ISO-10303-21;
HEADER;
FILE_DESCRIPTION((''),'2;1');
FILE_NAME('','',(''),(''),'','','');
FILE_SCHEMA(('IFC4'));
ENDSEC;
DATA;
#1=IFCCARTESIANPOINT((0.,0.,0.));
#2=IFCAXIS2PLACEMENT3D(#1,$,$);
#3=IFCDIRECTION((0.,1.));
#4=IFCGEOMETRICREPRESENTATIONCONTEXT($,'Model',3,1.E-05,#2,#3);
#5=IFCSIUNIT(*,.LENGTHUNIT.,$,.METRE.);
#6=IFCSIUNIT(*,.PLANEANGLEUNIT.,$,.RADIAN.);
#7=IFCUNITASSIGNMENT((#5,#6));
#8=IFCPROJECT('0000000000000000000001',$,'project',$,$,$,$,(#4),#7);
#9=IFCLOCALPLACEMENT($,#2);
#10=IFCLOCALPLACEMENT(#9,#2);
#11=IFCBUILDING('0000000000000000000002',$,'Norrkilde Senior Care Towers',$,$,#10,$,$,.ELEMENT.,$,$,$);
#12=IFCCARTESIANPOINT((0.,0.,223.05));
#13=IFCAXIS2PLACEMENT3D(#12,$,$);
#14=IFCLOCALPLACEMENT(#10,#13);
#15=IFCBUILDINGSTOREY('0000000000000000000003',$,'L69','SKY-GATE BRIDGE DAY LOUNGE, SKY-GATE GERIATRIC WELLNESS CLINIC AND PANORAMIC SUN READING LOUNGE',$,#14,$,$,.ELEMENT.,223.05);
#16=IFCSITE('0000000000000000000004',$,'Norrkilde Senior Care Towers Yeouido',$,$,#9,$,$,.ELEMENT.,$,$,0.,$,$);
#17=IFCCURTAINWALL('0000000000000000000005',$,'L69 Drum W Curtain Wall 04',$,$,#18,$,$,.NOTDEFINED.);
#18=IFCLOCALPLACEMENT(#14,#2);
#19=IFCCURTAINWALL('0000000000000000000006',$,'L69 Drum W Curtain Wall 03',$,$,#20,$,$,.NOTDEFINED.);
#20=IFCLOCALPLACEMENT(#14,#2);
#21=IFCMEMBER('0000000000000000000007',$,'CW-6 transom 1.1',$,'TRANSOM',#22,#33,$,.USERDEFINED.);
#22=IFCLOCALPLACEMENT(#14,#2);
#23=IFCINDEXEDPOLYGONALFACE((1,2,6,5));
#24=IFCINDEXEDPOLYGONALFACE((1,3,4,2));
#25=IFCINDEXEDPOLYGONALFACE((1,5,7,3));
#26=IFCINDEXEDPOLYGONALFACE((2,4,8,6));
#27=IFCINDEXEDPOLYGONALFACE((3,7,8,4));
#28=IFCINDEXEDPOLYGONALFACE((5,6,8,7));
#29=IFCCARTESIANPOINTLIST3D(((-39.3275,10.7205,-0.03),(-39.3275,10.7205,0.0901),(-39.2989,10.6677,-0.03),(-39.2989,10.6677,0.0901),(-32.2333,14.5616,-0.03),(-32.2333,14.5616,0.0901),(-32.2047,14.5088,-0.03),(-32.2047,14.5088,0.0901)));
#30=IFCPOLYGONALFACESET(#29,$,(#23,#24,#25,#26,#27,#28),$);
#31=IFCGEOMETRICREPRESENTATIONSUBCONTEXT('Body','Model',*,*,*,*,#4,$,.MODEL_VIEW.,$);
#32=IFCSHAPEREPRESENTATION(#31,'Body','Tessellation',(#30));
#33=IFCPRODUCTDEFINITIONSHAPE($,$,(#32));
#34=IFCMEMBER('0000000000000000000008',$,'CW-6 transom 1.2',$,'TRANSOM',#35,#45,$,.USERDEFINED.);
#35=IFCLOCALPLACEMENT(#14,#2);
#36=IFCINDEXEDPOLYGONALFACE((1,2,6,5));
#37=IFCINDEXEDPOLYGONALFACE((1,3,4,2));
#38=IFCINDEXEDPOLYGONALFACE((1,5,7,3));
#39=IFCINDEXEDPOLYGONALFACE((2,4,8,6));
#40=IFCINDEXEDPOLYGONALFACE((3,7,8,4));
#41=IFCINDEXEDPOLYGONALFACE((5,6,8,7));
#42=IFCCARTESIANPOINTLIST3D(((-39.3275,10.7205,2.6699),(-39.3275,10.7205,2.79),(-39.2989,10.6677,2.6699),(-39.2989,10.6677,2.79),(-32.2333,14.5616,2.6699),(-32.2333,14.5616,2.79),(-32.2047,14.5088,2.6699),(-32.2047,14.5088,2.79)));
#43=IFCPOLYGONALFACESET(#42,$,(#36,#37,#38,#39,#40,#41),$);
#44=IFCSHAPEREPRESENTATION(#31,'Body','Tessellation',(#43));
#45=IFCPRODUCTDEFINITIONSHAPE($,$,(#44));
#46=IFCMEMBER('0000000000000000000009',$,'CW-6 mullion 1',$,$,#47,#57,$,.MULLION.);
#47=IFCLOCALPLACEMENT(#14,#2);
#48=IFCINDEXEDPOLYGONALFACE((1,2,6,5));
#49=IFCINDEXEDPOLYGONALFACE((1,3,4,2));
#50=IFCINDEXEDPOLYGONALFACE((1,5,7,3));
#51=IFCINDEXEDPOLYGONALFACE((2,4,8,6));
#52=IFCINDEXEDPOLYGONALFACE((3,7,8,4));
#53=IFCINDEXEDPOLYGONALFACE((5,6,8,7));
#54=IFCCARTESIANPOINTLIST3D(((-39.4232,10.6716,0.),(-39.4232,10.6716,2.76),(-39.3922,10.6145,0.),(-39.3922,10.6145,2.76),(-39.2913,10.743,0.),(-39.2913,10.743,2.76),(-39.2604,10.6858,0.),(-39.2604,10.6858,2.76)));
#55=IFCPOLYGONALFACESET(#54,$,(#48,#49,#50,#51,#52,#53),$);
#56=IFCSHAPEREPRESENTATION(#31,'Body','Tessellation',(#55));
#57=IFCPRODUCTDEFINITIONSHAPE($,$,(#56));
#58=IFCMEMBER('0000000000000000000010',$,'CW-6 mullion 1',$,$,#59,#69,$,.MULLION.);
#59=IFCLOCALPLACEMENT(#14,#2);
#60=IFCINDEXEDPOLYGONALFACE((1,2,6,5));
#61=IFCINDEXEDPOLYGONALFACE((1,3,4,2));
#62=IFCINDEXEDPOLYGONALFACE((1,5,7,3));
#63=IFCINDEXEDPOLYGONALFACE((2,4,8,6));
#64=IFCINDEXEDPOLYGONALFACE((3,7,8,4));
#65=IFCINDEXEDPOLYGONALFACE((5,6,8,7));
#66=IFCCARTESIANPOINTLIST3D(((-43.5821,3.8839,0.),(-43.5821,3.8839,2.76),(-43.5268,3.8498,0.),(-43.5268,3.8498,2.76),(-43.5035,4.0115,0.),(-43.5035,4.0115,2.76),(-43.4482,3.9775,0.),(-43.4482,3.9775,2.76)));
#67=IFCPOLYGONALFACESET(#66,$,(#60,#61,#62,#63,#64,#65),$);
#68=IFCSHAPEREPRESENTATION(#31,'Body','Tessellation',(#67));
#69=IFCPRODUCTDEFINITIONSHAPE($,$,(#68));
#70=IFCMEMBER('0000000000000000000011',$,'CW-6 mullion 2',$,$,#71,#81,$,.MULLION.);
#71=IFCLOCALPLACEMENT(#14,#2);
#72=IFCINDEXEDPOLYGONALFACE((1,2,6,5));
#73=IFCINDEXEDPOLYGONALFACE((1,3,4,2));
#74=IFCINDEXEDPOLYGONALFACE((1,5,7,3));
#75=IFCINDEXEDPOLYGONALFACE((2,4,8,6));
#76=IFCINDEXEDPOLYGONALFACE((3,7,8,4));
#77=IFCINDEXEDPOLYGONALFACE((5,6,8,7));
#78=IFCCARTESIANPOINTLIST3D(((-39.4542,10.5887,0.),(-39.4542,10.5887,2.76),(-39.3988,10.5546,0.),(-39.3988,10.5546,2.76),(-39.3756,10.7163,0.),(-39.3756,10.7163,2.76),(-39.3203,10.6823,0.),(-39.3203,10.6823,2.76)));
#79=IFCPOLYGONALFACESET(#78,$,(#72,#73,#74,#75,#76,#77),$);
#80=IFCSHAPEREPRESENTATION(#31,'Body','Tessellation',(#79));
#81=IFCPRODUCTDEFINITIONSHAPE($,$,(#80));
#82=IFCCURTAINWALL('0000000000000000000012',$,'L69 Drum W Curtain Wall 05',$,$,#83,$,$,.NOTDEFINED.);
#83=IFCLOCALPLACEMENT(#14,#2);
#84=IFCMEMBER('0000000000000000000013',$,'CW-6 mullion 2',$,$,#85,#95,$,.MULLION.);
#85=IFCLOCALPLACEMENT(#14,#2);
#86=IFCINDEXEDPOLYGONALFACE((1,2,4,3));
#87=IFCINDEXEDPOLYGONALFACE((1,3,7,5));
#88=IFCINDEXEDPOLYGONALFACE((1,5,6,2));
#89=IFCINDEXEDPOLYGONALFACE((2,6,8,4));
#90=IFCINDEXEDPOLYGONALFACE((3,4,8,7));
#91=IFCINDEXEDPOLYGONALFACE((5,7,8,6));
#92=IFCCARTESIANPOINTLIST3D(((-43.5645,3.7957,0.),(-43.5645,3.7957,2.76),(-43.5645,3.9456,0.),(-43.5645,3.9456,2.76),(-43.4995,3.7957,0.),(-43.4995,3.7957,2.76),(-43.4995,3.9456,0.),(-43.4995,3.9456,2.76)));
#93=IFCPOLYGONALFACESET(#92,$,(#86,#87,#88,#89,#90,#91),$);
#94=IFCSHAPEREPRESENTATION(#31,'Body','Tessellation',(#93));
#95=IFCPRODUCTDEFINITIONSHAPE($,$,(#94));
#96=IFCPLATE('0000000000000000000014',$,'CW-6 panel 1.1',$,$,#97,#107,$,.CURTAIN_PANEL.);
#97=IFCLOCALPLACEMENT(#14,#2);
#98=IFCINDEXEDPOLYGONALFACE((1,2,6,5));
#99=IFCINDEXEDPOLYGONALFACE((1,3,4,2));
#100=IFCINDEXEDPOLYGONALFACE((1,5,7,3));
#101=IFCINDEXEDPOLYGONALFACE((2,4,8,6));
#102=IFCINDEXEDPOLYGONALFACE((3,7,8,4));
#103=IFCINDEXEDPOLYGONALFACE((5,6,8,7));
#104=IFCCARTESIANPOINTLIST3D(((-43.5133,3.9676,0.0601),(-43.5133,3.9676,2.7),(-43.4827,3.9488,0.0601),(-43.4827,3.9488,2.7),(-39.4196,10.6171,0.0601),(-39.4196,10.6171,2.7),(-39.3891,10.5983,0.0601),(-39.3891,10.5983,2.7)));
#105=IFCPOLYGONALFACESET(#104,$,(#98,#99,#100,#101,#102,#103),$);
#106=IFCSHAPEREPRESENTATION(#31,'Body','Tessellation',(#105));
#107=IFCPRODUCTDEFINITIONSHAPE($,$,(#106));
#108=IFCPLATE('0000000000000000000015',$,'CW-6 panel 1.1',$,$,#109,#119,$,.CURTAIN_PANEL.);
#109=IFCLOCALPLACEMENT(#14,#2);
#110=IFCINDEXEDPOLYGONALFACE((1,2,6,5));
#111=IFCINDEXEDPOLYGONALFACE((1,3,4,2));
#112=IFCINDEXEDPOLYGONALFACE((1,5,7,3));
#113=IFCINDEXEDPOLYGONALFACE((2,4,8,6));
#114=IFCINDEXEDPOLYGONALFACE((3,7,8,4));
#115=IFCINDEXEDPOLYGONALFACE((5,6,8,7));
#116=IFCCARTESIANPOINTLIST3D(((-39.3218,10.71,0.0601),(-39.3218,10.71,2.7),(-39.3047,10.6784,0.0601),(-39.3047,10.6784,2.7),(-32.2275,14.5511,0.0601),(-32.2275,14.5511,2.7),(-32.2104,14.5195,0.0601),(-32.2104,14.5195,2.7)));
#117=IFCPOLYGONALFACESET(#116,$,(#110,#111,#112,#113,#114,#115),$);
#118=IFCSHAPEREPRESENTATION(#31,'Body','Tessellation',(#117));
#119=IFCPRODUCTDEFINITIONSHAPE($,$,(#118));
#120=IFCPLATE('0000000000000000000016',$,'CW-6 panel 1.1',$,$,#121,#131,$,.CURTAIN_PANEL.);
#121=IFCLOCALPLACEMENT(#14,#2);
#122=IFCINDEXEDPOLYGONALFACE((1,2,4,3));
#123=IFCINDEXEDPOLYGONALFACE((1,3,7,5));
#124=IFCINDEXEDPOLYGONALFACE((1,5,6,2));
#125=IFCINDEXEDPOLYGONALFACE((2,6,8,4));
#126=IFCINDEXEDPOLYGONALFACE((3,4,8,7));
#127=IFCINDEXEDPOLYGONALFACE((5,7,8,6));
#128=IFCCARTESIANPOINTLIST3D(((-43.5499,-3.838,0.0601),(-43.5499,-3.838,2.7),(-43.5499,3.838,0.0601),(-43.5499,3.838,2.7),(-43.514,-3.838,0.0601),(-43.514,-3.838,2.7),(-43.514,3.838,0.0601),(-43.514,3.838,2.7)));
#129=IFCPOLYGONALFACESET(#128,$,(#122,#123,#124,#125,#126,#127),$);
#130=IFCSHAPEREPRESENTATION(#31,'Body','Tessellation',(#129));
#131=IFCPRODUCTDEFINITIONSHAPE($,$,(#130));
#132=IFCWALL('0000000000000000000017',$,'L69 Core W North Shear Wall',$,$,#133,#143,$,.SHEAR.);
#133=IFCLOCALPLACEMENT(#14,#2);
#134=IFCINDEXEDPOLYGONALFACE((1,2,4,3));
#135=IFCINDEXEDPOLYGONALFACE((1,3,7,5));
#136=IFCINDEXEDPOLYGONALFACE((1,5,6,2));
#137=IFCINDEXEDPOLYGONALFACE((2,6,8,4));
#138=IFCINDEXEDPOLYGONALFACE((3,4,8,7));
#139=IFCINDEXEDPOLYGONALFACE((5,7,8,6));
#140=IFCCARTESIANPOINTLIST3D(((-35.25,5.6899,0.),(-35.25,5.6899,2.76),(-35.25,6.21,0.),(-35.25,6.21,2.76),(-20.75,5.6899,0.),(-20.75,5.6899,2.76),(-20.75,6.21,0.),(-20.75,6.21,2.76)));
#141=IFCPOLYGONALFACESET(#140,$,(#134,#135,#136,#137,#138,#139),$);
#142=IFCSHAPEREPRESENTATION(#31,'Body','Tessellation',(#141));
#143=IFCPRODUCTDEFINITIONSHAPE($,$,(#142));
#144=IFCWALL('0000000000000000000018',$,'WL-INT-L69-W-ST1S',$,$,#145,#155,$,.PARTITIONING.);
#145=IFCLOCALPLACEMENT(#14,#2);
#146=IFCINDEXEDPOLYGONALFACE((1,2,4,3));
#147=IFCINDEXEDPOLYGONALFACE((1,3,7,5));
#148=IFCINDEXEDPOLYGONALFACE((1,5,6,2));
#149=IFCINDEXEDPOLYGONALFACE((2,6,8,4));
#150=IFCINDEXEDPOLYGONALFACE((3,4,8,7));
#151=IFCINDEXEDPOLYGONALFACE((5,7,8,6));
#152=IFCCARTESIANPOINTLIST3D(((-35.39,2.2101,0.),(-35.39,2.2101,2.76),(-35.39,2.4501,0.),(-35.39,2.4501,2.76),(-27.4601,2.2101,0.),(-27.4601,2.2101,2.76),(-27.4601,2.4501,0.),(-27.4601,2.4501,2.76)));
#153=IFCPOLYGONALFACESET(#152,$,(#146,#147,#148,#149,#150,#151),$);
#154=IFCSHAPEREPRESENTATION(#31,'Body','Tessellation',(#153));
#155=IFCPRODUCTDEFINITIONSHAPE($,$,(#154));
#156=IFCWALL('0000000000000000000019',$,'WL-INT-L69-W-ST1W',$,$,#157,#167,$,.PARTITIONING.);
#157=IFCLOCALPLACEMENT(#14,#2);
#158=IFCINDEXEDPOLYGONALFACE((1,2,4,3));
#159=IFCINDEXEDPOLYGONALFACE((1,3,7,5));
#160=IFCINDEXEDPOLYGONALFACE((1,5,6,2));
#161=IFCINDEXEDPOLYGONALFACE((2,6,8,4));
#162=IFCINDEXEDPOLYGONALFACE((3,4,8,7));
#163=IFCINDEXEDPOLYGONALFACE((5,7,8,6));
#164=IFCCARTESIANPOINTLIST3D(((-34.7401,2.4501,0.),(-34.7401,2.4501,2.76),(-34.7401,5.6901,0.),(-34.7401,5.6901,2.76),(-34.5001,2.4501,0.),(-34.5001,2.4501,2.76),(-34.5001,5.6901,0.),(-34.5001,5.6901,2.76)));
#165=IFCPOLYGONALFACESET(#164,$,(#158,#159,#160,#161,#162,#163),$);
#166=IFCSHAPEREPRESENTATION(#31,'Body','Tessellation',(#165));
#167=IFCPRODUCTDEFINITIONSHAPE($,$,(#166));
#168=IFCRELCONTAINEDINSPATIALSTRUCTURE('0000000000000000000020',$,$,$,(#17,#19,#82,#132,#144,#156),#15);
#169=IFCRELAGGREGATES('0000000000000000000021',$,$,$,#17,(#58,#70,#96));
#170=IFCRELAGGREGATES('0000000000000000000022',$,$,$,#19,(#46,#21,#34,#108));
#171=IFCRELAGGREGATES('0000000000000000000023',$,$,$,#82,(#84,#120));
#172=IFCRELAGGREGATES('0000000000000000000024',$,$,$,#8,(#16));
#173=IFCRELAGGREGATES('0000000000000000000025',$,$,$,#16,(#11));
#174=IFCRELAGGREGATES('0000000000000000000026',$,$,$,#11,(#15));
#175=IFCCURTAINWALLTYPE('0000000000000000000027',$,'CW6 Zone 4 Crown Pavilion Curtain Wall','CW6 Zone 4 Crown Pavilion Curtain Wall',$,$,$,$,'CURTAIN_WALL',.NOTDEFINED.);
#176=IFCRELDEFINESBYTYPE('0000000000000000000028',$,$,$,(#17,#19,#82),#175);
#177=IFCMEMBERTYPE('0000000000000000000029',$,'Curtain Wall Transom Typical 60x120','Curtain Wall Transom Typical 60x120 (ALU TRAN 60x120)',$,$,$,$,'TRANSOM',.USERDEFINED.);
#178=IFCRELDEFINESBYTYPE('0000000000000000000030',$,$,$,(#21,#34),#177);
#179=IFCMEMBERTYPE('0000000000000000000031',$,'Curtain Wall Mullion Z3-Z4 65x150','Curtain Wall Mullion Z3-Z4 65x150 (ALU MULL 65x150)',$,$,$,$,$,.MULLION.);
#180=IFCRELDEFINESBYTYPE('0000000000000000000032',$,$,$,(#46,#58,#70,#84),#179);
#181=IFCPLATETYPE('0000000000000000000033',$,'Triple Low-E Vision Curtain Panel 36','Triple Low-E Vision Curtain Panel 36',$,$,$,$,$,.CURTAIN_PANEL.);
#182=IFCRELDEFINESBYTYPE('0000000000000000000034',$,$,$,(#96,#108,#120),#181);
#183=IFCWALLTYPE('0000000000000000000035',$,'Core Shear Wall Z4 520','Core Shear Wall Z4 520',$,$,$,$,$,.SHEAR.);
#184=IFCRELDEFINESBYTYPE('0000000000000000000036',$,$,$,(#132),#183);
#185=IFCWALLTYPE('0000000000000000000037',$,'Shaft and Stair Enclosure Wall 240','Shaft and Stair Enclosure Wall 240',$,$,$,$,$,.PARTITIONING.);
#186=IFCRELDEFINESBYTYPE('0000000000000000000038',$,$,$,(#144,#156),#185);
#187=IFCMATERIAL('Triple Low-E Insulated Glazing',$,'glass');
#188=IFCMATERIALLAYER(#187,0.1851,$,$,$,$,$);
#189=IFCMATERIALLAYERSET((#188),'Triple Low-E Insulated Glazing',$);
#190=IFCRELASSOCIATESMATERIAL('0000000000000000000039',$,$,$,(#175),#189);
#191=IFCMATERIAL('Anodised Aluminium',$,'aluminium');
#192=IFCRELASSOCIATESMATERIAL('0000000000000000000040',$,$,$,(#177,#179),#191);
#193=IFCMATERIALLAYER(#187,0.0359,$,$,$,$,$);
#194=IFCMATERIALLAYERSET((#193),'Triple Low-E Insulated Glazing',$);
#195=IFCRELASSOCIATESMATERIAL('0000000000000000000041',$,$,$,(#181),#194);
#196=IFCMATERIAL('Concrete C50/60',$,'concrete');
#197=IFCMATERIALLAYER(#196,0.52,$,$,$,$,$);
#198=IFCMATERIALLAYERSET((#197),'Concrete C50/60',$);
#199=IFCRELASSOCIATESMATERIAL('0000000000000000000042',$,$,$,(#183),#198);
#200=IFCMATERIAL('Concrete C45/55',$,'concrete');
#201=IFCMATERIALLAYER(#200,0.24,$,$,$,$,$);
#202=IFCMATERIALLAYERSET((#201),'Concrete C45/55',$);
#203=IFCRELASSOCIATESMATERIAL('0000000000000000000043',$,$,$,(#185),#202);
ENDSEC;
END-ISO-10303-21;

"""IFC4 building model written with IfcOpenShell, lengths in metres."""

from ifc_helpers import new_model, si_unit, direction, frame, frame_2d, origin, origin_2d, place, context, subcontext, project, spatial, rectangle, extrude, source, transform, mapped, material, layer, layer_set, material_profile, profile_set, type_object, type_shapes, element, aggregate, save


model = new_model("IFC4")

# Units and contexts
model_context = context("Model", 3, precision=1e-05, world=origin(), true_north=direction((0.0, 1.0)))
body_context = subcontext(model_context, "Body", "Model", "MODEL_VIEW")
ifc_project = project(units=[si_unit("LENGTHUNIT", "METRE"), si_unit("PLANEANGLEUNIT", "RADIAN")], contexts=[model_context])

# Site, building, storey
site_placement = place(None, origin())
site = spatial("IfcSite", under=ifc_project, at=site_placement, Name="Norrkilde Senior Care Towers Yeouido", CompositionType="ELEMENT", RefElevation=0.0)
building_placement = place(site_placement, origin())
building = spatial("IfcBuilding", under=site, at=building_placement, Name="Norrkilde Senior Care Towers", CompositionType="ELEMENT")
storey_placement = place(building_placement, frame((0.0, 0.0, 223.05)))
storey = spatial("IfcBuildingStorey", under=building, at=storey_placement, Name="L69", Description="SKY-GATE BRIDGE DAY LOUNGE, SKY-GATE GERIATRIC WELLNESS CLINIC AND PANORAMIC SUN READING LOUNGE", CompositionType="ELEMENT", Elevation=223.05)

# Shared definitions
ifc_material_1 = material(Name="Concrete C50/60", Category="concrete")

# Curtain walls, members
ifc_material_2 = material(Name="Triple Low-E Insulated Glazing", Category="glass")
ifc_layer_1 = layer(ifc_material_2, 0.1851)
ifc_layer_set_1 = layer_set([ifc_layer_1], Name="Triple Low-E Insulated Glazing")
curtain_wall_type = type_object("IfcCurtainWallType", Name="CW6 Zone 4 Crown Pavilion Curtain Wall", Description="CW6 Zone 4 Crown Pavilion Curtain Wall", ElementType="CURTAIN_WALL", PredefinedType="NOTDEFINED", material=ifc_layer_set_1)
curtain_wall_1_placement = place(storey_placement, origin())
curtain_wall_1 = element("IfcCurtainWall", 1, at=curtain_wall_1_placement, inside=storey, type_object=curtain_wall_type, Name="L69 Drum W Curtain Wall 04", PredefinedType="NOTDEFINED")
ifc_material_3 = material(Name="Anodised Aluminium", Category="aluminium")
ifc_material_profile_1 = material_profile(ifc_material_3, rectangle(XDim=0.0601, YDim=0.1201, at=origin_2d()), Name="ALU TRAN 60x120")
ifc_profile_set_1 = profile_set([ifc_material_profile_1], Name="Anodised Aluminium")
member_type_1 = type_object("IfcMemberType", Name="Curtain Wall Transom Typical 60x120", Description="Curtain Wall Transom Typical 60x120 (ALU TRAN 60x120)", ElementType="TRANSOM", PredefinedType="USERDEFINED", material=ifc_profile_set_1)
curtain_wall_2_placement = place(storey_placement, origin())
curtain_wall_2 = element("IfcCurtainWall", 2, at=curtain_wall_2_placement, inside=storey, type_object=curtain_wall_type, Name="L69 Drum W Curtain Wall 03", PredefinedType="NOTDEFINED")
shared_shape_1 = source(origin(), body_context, "Body", "SweptSolid", [
    extrude(rectangle(XDim=0.0601, YDim=0.1201, at=origin_2d()), origin(), (0.0, 0.0, 1.0), 8.0674),
])
member_1_placement = place(storey_placement, frame((-39.3132, 10.6941, 0.03), z_axis=(0.879378, 0.476125, 0.0), x_axis=(-0.476125, 0.879378, 0.0)))
member_1 = element("IfcMember", 3, at=member_1_placement, type_object=member_type_1, Name="CW-6 transom 1.1", ObjectType="TRANSOM", PredefinedType="USERDEFINED", context=body_context, shape_type="MappedRepresentation", body=[
    mapped(shared_shape_1, transform((0.0, 0.0, 0.0), x_axis=(1.0, 0.0, 0.0), y_axis=(0.0, 1.0, 0.0), z_axis=(0.0, 0.0, 1.0), scale=1.0)),
])
member_2_placement = place(storey_placement, frame((-39.3132, 10.6941, 2.73), z_axis=(0.879378, 0.476125, 0.0), x_axis=(-0.476125, 0.879378, 0.0)))
member_2 = element("IfcMember", 4, at=member_2_placement, type_object=member_type_1, Name="CW-6 transom 1.2", ObjectType="TRANSOM", PredefinedType="USERDEFINED", context=body_context, shape_type="MappedRepresentation", body=[
    mapped(shared_shape_1, transform((0.0, 0.0, 0.0), x_axis=(1.0, 0.0, 0.0), y_axis=(0.0, 1.0, 0.0), z_axis=(0.0, 0.0, 1.0), scale=1.0)),
])
ifc_material_profile_2 = material_profile(ifc_material_3, rectangle(XDim=0.0649, YDim=0.1499, at=origin_2d()), Name="ALU MULL 65x150")
ifc_profile_set_2 = profile_set([ifc_material_profile_2], Name="Anodised Aluminium")
member_type_2 = type_object("IfcMemberType", Name="Curtain Wall Mullion Z3-Z4 65x150", Description="Curtain Wall Mullion Z3-Z4 65x150 (ALU MULL 65x150)", PredefinedType="MULLION", material=ifc_profile_set_2)
shared_shape_2 = source(origin(), body_context, "Body", "SweptSolid", [
    extrude(rectangle(XDim=0.0649, YDim=0.1499, at=origin_2d()), origin(), (0.0, 0.0, 1.0), 2.76),
])
type_shapes(member_type_2, [shared_shape_2])
member_3_placement = place(storey_placement, frame((-39.3418, 10.6787, 0.0), z_axis=(0.0, 0.0, 1.0), x_axis=(-0.476133, 0.879373, 0.0)))
member_3 = element("IfcMember", 5, at=member_3_placement, type_object=member_type_2, Name="CW-6 mullion 1", PredefinedType="MULLION", context=body_context, shape_type="MappedRepresentation", body=[
    mapped(shared_shape_2, transform((0.0, 0.0, 0.0), x_axis=(1.0, 0.0, 0.0), y_axis=(0.0, 1.0, 0.0), z_axis=(0.0, 0.0, 1.0), scale=1.0)),
])

# Members
member_4_placement = place(storey_placement, frame((-43.5151, 3.9307, 0.0), z_axis=(0.0, 0.0, 1.0), x_axis=(-0.851563, 0.524253, 0.0)))
member_4 = element("IfcMember", 6, at=member_4_placement, type_object=member_type_2, Name="CW-6 mullion 1", PredefinedType="MULLION", context=body_context, shape_type="MappedRepresentation", body=[
    mapped(shared_shape_2, transform((0.0, 0.0, 0.0), x_axis=(1.0, 0.0, 0.0), y_axis=(0.0, 1.0, 0.0), z_axis=(0.0, 0.0, 1.0), scale=1.0)),
])
member_5_placement = place(storey_placement, frame((-39.3872, 10.6355, 0.0), z_axis=(0.0, 0.0, 1.0), x_axis=(-0.851563, 0.524253, 0.0)))
member_5 = element("IfcMember", 7, at=member_5_placement, type_object=member_type_2, Name="CW-6 mullion 2", PredefinedType="MULLION", context=body_context, shape_type="MappedRepresentation", body=[
    mapped(shared_shape_2, transform((0.0, 0.0, 0.0), x_axis=(1.0, 0.0, 0.0), y_axis=(0.0, 1.0, 0.0), z_axis=(0.0, 0.0, 1.0), scale=1.0)),
])

# Curtain wall, member
curtain_wall_3_placement = place(storey_placement, origin())
curtain_wall_3 = element("IfcCurtainWall", 8, at=curtain_wall_3_placement, inside=storey, type_object=curtain_wall_type, Name="L69 Drum W Curtain Wall 05", PredefinedType="NOTDEFINED")
member_6_placement = place(storey_placement, frame((-43.532, 3.8706, 0.0), z_axis=(0.0, 0.0, 1.0), x_axis=(-1.0, 0.0, 0.0)))
member_6 = element("IfcMember", 9, at=member_6_placement, type_object=member_type_2, Name="CW-6 mullion 2", PredefinedType="MULLION", context=body_context, shape_type="MappedRepresentation", body=[
    mapped(shared_shape_2, transform((0.0, 0.0, 0.0), x_axis=(1.0, 0.0, 0.0), y_axis=(0.0, 1.0, 0.0), z_axis=(0.0, 0.0, 1.0), scale=1.0)),
])

# Plates
ifc_layer_2 = layer(ifc_material_2, 0.0359)
ifc_layer_set_2 = layer_set([ifc_layer_2], Name="Triple Low-E Insulated Glazing")
plate_type = type_object("IfcPlateType", Name="Triple Low-E Vision Curtain Panel 36", Description="Triple Low-E Vision Curtain Panel 36", PredefinedType="CURTAIN_PANEL", material=ifc_layer_set_2)
shared_shape_3 = source(origin(), body_context, "Body", "SweptSolid", [
    extrude(rectangle(XDim=7.8086, YDim=0.0359, at=origin_2d()), origin(), (0.0, 0.0, 1.0), 2.6399),
])
plate_1_placement = place(storey_placement, frame((-41.4512, 7.283, 0.0601), z_axis=(0.0, 0.0, 1.0), x_axis=(0.524253, 0.851563, 0.0)))
plate_1 = element("IfcPlate", 10, at=plate_1_placement, type_object=plate_type, Name="CW-6 panel 1.1", PredefinedType="CURTAIN_PANEL", context=body_context, shape_type="MappedRepresentation", body=[
    mapped(shared_shape_3, transform((0.0, 0.0, 0.0), x_axis=(1.0, 0.0, 0.0), y_axis=(0.0, 1.0, 0.0), z_axis=(0.0, 0.0, 1.0), scale=1.0)),
])
aggregate(curtain_wall_1, [member_4, member_5, plate_1])
shared_shape_4 = source(origin(), body_context, "Body", "SweptSolid", [
    extrude(rectangle(XDim=8.0674, YDim=0.0359, at=origin_2d()), origin(), (0.0, 0.0, 1.0), 2.6399),
])
plate_2_placement = place(storey_placement, frame((-35.7661, 12.6147, 0.0601), z_axis=(0.0, 0.0, 1.0), x_axis=(0.879373, 0.476133, 0.0)))
plate_2 = element("IfcPlate", 11, at=plate_2_placement, type_object=plate_type, Name="CW-6 panel 1.1", PredefinedType="CURTAIN_PANEL", context=body_context, shape_type="MappedRepresentation", body=[
    mapped(shared_shape_4, transform((0.0, 0.0, 0.0), x_axis=(1.0, 0.0, 0.0), y_axis=(0.0, 1.0, 0.0), z_axis=(0.0, 0.0, 1.0), scale=1.0)),
])
aggregate(curtain_wall_2, [member_3, member_1, member_2, plate_2])
shared_shape_5 = source(origin(), body_context, "Body", "SweptSolid", [
    extrude(rectangle(XDim=7.676, YDim=0.0359, at=origin_2d()), origin(), (0.0, 0.0, 1.0), 2.6399),
])
type_shapes(plate_type, [shared_shape_3, shared_shape_4, shared_shape_5])
plate_3_placement = place(storey_placement, frame((-43.532, 0.0, 0.0601), z_axis=(0.0, 0.0, 1.0), x_axis=(0.0, 1.0, 0.0)))
plate_3 = element("IfcPlate", 12, at=plate_3_placement, type_object=plate_type, Name="CW-6 panel 1.1", PredefinedType="CURTAIN_PANEL", context=body_context, shape_type="MappedRepresentation", body=[
    mapped(shared_shape_5, transform((0.0, 0.0, 0.0), x_axis=(1.0, 0.0, 0.0), y_axis=(0.0, 1.0, 0.0), z_axis=(0.0, 0.0, 1.0), scale=1.0)),
])
aggregate(curtain_wall_3, [member_6, plate_3])

# Walls
ifc_layer_3 = layer(ifc_material_1, 0.52)
ifc_layer_set_3 = layer_set([ifc_layer_3], Name="Concrete C50/60")
wall_type_1 = type_object("IfcWallType", Name="Core Shear Wall Z4 520", Description="Core Shear Wall Z4 520", PredefinedType="SHEAR", material=ifc_layer_set_3)
shared_shape_6 = source(origin(), body_context, "Body", "SweptSolid", [
    extrude(rectangle(XDim=14.5, YDim=0.52, at=frame_2d((7.25, 0.0))), origin(), (0.0, 0.0, 1.0), 2.76),
])
type_shapes(wall_type_1, [shared_shape_6])
wall_1_placement = place(storey_placement, frame((-35.25, 5.95, 0.0), z_axis=(0.0, 0.0, 1.0), x_axis=(1.0, 0.0, 0.0)))
element("IfcWall", 13, at=wall_1_placement, inside=storey, type_object=wall_type_1, Name="L69 Core W North Shear Wall", PredefinedType="SHEAR", context=body_context, shape_type="MappedRepresentation", body=[
    mapped(shared_shape_6, transform((0.0, 0.0, 0.0), x_axis=(1.0, 0.0, 0.0), y_axis=(0.0, 1.0, 0.0), z_axis=(0.0, 0.0, 1.0), scale=1.0)),
])
ifc_material_4 = material(Name="Concrete C45/55", Category="concrete")
ifc_layer_4 = layer(ifc_material_4, 0.24)
ifc_layer_set_4 = layer_set([ifc_layer_4], Name="Concrete C45/55")
wall_type_2 = type_object("IfcWallType", Name="Shaft and Stair Enclosure Wall 240", Description="Shaft and Stair Enclosure Wall 240", PredefinedType="PARTITIONING", material=ifc_layer_set_4)
shared_shape_7 = source(origin(), body_context, "Body", "SweptSolid", [
    extrude(rectangle(XDim=7.9299, YDim=0.24, at=frame_2d((3.9648, 0.0))), origin(), (0.0, 0.0, 1.0), 2.76),
])
wall_2_placement = place(storey_placement, frame((-35.3899, 2.3301, 0.0), z_axis=(0.0, 0.0, 1.0), x_axis=(1.0, 0.0, 0.0)))
element("IfcWall", 14, at=wall_2_placement, inside=storey, type_object=wall_type_2, Name="WL-INT-L69-W-ST1S", PredefinedType="PARTITIONING", context=body_context, shape_type="MappedRepresentation", body=[
    mapped(shared_shape_7, transform((0.0, 0.0, 0.0), x_axis=(1.0, 0.0, 0.0), y_axis=(0.0, 1.0, 0.0), z_axis=(0.0, 0.0, 1.0), scale=1.0)),
])
shared_shape_8 = source(origin(), body_context, "Body", "SweptSolid", [
    extrude(rectangle(XDim=3.24, YDim=0.24, at=frame_2d((1.6201, 0.0))), origin(), (0.0, 0.0, 1.0), 2.76),
])
type_shapes(wall_type_2, [shared_shape_7, shared_shape_8])
wall_3_placement = place(storey_placement, frame((-34.6201, 2.45, 0.0), z_axis=(0.0, 0.0, 1.0), x_axis=(0.0, 1.0, 0.0)))
element("IfcWall", 15, at=wall_3_placement, inside=storey, type_object=wall_type_2, Name="WL-INT-L69-W-ST1W", PredefinedType="PARTITIONING", context=body_context, shape_type="MappedRepresentation", body=[
    mapped(shared_shape_8, transform((0.0, 0.0, 0.0), x_axis=(1.0, 0.0, 0.0), y_axis=(0.0, 1.0, 0.0), z_axis=(0.0, 0.0, 1.0), scale=1.0)),
])

save(model, "model.ifc")
